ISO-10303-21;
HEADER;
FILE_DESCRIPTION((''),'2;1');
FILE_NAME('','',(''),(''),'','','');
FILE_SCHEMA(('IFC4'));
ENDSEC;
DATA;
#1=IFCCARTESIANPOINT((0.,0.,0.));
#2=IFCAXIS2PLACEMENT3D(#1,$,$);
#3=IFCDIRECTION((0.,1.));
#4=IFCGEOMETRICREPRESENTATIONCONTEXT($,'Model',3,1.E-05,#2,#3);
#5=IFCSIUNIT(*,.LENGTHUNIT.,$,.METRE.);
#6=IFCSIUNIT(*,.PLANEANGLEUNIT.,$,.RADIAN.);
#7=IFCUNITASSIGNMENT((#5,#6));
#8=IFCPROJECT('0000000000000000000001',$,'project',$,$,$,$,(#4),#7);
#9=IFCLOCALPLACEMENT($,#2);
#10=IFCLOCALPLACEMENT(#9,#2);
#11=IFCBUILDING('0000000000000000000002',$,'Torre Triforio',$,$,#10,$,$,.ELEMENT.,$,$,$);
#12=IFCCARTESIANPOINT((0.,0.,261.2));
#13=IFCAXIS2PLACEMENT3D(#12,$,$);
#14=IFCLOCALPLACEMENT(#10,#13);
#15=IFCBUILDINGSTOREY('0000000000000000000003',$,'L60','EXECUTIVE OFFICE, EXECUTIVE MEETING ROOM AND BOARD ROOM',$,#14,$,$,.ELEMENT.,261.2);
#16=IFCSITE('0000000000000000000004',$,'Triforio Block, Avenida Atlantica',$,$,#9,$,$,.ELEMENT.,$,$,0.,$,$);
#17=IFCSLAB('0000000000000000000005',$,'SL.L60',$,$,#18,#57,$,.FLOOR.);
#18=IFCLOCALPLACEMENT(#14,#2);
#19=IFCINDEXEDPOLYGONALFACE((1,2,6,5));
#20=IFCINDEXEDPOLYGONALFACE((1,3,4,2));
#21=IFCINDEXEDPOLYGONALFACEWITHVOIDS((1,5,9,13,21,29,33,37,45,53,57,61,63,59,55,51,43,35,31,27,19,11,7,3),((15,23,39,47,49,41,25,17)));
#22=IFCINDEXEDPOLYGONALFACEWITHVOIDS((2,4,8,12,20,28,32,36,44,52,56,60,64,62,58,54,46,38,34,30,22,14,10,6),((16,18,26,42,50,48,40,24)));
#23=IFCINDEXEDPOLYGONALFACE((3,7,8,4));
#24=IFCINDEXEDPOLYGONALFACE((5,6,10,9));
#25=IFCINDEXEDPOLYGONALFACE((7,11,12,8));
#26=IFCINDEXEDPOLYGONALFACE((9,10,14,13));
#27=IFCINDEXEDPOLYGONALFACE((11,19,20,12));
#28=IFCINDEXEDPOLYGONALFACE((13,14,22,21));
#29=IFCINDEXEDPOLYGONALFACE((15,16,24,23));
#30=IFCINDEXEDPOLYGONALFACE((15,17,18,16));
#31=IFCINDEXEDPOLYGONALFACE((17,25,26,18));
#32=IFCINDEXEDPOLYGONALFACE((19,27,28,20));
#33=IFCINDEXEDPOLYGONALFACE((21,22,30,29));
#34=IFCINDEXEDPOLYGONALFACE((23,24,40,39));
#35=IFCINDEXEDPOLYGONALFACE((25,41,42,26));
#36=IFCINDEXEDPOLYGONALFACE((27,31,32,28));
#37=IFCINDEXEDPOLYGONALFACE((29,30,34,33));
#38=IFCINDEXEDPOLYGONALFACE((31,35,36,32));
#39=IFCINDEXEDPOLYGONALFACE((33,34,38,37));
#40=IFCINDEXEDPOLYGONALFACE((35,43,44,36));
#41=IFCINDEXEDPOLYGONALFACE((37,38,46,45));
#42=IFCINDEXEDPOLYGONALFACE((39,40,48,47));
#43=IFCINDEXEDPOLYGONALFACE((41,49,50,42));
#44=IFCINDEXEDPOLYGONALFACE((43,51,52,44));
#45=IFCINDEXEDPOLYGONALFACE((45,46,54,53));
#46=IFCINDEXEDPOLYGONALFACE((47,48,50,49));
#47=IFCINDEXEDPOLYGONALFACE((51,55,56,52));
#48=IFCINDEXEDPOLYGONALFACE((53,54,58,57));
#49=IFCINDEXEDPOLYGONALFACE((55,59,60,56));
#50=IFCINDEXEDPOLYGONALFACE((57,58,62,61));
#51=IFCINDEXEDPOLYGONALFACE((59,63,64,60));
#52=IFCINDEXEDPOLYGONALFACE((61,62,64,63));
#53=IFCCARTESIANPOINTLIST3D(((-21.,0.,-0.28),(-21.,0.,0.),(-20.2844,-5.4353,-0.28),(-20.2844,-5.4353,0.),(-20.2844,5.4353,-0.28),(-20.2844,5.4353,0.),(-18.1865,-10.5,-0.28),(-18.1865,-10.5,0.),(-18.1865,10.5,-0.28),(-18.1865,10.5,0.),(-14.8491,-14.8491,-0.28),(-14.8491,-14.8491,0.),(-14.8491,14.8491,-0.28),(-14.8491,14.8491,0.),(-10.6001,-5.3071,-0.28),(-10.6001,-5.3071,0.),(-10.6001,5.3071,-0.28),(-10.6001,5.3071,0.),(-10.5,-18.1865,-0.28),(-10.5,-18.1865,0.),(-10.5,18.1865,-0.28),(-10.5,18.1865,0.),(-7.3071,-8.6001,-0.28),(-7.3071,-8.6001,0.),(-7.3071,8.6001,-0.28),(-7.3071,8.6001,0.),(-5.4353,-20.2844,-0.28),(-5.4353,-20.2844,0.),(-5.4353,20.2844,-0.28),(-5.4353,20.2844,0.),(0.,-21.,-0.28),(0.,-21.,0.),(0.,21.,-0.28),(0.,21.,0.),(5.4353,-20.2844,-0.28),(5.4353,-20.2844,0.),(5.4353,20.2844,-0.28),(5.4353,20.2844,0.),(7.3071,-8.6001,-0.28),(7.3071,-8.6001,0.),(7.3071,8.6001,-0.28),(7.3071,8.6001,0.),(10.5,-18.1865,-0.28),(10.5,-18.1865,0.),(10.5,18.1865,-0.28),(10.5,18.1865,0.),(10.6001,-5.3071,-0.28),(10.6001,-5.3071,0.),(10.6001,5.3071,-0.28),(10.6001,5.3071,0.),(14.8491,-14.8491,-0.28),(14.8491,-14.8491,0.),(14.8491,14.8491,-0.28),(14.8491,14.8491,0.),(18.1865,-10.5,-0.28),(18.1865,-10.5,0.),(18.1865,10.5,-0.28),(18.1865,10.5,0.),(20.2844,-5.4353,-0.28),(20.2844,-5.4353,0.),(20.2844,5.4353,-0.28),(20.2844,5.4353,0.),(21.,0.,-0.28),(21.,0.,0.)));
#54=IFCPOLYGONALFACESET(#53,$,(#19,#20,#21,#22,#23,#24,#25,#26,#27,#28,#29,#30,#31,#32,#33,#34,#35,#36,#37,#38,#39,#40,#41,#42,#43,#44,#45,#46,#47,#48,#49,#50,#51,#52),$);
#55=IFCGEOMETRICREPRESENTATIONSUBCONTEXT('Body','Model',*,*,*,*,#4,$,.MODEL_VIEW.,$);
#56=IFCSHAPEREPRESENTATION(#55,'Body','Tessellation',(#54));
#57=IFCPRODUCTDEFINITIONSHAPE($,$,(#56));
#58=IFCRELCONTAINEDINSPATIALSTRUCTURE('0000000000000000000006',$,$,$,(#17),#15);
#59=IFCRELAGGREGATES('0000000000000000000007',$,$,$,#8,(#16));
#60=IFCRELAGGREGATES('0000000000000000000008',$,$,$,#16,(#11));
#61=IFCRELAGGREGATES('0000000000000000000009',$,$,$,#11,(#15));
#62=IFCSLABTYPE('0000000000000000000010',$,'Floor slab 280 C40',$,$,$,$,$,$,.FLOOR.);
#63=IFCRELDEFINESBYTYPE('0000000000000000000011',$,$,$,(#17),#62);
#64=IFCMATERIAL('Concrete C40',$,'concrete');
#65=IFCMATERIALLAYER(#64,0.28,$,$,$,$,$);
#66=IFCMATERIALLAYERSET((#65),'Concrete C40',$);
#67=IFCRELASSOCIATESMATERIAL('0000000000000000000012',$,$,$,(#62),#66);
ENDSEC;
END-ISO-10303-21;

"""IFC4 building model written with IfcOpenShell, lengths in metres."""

from ifc_helpers import new_model, si_unit, direction, frame, origin, place, context, subcontext, project, spatial, polyline, outline, extrude, material, layer, layer_set, type_object, element, save


model = new_model("IFC4")

# Units and contexts
model_context = context("Model", 3, precision=1e-05, world=origin(), true_north=direction((0.0, 1.0)))
body_context = subcontext(model_context, "Body", "Model", "MODEL_VIEW")
ifc_project = project(units=[si_unit("LENGTHUNIT", "METRE"), si_unit("PLANEANGLEUNIT", "RADIAN")], contexts=[model_context])

# Site, building, storey
site_placement = place(None, origin())
site = spatial("IfcSite", under=ifc_project, at=site_placement, Name="Triforio Block, Avenida Atlantica", CompositionType="ELEMENT", RefElevation=0.0)
building_placement = place(site_placement, origin())
building = spatial("IfcBuilding", under=site, at=building_placement, Name="Torre Triforio", CompositionType="ELEMENT")
storey_placement = place(building_placement, frame((0.0, 0.0, 261.2)))
storey = spatial("IfcBuildingStorey", under=building, at=storey_placement, Name="L60", Description="EXECUTIVE OFFICE, EXECUTIVE MEETING ROOM AND BOARD ROOM", CompositionType="ELEMENT", Elevation=261.2)

# Slab
ifc_material_1 = material(Name="Concrete C40", Category="concrete")
ifc_layer_1 = layer(ifc_material_1, 0.28)
ifc_layer_set_1 = layer_set([ifc_layer_1], Name="Concrete C40")
slab_type_1 = type_object("IfcSlabType", Name="Floor slab 280 C40", PredefinedType="FLOOR", material=ifc_layer_set_1)
slab_1_placement = place(storey_placement, frame((0.0, 0.0, -0.28)))
element("IfcSlab", 1, at=slab_1_placement, inside=storey, type_object=slab_type_1, Name="SL.L60", PredefinedType="FLOOR", context=body_context, shape_type="SweptSolid", body=[
    extrude(outline(polyline([(18.1865, -10.5), (20.2844, -5.4353), (21.0, 0.0), (20.2844, 5.4353), (18.1865, 10.5), (14.8491, 14.8491), (10.5, 18.1865), (5.4353, 20.2844), (0.0, 21.0), (-5.4353, 20.2844), (-10.5, 18.1865), (-14.8491, 14.8491), (-18.1865, 10.5), (-20.2844, 5.4353), (-21.0, 0.0), (-20.2844, -5.4353), (-18.1865, -10.5), (-14.8491, -14.8491), (-10.5, -18.1865), (-5.4353, -20.2844), (0.0, -21.0), (5.4353, -20.2844), (10.5, -18.1865), (14.8491, -14.8491), (18.1865, -10.5)]), holes=[polyline([(10.6001, 5.3071), (10.6001, -5.3071), (7.3071, -8.6001), (-7.3071, -8.6001), (-10.6001, -5.3071), (-10.6001, 5.3071), (-7.3071, 8.6001), (7.3071, 8.6001), (10.6001, 5.3071)])]), origin(), (0.0, 0.0, 1.0), 0.28),
])

save(model, "model.ifc")
